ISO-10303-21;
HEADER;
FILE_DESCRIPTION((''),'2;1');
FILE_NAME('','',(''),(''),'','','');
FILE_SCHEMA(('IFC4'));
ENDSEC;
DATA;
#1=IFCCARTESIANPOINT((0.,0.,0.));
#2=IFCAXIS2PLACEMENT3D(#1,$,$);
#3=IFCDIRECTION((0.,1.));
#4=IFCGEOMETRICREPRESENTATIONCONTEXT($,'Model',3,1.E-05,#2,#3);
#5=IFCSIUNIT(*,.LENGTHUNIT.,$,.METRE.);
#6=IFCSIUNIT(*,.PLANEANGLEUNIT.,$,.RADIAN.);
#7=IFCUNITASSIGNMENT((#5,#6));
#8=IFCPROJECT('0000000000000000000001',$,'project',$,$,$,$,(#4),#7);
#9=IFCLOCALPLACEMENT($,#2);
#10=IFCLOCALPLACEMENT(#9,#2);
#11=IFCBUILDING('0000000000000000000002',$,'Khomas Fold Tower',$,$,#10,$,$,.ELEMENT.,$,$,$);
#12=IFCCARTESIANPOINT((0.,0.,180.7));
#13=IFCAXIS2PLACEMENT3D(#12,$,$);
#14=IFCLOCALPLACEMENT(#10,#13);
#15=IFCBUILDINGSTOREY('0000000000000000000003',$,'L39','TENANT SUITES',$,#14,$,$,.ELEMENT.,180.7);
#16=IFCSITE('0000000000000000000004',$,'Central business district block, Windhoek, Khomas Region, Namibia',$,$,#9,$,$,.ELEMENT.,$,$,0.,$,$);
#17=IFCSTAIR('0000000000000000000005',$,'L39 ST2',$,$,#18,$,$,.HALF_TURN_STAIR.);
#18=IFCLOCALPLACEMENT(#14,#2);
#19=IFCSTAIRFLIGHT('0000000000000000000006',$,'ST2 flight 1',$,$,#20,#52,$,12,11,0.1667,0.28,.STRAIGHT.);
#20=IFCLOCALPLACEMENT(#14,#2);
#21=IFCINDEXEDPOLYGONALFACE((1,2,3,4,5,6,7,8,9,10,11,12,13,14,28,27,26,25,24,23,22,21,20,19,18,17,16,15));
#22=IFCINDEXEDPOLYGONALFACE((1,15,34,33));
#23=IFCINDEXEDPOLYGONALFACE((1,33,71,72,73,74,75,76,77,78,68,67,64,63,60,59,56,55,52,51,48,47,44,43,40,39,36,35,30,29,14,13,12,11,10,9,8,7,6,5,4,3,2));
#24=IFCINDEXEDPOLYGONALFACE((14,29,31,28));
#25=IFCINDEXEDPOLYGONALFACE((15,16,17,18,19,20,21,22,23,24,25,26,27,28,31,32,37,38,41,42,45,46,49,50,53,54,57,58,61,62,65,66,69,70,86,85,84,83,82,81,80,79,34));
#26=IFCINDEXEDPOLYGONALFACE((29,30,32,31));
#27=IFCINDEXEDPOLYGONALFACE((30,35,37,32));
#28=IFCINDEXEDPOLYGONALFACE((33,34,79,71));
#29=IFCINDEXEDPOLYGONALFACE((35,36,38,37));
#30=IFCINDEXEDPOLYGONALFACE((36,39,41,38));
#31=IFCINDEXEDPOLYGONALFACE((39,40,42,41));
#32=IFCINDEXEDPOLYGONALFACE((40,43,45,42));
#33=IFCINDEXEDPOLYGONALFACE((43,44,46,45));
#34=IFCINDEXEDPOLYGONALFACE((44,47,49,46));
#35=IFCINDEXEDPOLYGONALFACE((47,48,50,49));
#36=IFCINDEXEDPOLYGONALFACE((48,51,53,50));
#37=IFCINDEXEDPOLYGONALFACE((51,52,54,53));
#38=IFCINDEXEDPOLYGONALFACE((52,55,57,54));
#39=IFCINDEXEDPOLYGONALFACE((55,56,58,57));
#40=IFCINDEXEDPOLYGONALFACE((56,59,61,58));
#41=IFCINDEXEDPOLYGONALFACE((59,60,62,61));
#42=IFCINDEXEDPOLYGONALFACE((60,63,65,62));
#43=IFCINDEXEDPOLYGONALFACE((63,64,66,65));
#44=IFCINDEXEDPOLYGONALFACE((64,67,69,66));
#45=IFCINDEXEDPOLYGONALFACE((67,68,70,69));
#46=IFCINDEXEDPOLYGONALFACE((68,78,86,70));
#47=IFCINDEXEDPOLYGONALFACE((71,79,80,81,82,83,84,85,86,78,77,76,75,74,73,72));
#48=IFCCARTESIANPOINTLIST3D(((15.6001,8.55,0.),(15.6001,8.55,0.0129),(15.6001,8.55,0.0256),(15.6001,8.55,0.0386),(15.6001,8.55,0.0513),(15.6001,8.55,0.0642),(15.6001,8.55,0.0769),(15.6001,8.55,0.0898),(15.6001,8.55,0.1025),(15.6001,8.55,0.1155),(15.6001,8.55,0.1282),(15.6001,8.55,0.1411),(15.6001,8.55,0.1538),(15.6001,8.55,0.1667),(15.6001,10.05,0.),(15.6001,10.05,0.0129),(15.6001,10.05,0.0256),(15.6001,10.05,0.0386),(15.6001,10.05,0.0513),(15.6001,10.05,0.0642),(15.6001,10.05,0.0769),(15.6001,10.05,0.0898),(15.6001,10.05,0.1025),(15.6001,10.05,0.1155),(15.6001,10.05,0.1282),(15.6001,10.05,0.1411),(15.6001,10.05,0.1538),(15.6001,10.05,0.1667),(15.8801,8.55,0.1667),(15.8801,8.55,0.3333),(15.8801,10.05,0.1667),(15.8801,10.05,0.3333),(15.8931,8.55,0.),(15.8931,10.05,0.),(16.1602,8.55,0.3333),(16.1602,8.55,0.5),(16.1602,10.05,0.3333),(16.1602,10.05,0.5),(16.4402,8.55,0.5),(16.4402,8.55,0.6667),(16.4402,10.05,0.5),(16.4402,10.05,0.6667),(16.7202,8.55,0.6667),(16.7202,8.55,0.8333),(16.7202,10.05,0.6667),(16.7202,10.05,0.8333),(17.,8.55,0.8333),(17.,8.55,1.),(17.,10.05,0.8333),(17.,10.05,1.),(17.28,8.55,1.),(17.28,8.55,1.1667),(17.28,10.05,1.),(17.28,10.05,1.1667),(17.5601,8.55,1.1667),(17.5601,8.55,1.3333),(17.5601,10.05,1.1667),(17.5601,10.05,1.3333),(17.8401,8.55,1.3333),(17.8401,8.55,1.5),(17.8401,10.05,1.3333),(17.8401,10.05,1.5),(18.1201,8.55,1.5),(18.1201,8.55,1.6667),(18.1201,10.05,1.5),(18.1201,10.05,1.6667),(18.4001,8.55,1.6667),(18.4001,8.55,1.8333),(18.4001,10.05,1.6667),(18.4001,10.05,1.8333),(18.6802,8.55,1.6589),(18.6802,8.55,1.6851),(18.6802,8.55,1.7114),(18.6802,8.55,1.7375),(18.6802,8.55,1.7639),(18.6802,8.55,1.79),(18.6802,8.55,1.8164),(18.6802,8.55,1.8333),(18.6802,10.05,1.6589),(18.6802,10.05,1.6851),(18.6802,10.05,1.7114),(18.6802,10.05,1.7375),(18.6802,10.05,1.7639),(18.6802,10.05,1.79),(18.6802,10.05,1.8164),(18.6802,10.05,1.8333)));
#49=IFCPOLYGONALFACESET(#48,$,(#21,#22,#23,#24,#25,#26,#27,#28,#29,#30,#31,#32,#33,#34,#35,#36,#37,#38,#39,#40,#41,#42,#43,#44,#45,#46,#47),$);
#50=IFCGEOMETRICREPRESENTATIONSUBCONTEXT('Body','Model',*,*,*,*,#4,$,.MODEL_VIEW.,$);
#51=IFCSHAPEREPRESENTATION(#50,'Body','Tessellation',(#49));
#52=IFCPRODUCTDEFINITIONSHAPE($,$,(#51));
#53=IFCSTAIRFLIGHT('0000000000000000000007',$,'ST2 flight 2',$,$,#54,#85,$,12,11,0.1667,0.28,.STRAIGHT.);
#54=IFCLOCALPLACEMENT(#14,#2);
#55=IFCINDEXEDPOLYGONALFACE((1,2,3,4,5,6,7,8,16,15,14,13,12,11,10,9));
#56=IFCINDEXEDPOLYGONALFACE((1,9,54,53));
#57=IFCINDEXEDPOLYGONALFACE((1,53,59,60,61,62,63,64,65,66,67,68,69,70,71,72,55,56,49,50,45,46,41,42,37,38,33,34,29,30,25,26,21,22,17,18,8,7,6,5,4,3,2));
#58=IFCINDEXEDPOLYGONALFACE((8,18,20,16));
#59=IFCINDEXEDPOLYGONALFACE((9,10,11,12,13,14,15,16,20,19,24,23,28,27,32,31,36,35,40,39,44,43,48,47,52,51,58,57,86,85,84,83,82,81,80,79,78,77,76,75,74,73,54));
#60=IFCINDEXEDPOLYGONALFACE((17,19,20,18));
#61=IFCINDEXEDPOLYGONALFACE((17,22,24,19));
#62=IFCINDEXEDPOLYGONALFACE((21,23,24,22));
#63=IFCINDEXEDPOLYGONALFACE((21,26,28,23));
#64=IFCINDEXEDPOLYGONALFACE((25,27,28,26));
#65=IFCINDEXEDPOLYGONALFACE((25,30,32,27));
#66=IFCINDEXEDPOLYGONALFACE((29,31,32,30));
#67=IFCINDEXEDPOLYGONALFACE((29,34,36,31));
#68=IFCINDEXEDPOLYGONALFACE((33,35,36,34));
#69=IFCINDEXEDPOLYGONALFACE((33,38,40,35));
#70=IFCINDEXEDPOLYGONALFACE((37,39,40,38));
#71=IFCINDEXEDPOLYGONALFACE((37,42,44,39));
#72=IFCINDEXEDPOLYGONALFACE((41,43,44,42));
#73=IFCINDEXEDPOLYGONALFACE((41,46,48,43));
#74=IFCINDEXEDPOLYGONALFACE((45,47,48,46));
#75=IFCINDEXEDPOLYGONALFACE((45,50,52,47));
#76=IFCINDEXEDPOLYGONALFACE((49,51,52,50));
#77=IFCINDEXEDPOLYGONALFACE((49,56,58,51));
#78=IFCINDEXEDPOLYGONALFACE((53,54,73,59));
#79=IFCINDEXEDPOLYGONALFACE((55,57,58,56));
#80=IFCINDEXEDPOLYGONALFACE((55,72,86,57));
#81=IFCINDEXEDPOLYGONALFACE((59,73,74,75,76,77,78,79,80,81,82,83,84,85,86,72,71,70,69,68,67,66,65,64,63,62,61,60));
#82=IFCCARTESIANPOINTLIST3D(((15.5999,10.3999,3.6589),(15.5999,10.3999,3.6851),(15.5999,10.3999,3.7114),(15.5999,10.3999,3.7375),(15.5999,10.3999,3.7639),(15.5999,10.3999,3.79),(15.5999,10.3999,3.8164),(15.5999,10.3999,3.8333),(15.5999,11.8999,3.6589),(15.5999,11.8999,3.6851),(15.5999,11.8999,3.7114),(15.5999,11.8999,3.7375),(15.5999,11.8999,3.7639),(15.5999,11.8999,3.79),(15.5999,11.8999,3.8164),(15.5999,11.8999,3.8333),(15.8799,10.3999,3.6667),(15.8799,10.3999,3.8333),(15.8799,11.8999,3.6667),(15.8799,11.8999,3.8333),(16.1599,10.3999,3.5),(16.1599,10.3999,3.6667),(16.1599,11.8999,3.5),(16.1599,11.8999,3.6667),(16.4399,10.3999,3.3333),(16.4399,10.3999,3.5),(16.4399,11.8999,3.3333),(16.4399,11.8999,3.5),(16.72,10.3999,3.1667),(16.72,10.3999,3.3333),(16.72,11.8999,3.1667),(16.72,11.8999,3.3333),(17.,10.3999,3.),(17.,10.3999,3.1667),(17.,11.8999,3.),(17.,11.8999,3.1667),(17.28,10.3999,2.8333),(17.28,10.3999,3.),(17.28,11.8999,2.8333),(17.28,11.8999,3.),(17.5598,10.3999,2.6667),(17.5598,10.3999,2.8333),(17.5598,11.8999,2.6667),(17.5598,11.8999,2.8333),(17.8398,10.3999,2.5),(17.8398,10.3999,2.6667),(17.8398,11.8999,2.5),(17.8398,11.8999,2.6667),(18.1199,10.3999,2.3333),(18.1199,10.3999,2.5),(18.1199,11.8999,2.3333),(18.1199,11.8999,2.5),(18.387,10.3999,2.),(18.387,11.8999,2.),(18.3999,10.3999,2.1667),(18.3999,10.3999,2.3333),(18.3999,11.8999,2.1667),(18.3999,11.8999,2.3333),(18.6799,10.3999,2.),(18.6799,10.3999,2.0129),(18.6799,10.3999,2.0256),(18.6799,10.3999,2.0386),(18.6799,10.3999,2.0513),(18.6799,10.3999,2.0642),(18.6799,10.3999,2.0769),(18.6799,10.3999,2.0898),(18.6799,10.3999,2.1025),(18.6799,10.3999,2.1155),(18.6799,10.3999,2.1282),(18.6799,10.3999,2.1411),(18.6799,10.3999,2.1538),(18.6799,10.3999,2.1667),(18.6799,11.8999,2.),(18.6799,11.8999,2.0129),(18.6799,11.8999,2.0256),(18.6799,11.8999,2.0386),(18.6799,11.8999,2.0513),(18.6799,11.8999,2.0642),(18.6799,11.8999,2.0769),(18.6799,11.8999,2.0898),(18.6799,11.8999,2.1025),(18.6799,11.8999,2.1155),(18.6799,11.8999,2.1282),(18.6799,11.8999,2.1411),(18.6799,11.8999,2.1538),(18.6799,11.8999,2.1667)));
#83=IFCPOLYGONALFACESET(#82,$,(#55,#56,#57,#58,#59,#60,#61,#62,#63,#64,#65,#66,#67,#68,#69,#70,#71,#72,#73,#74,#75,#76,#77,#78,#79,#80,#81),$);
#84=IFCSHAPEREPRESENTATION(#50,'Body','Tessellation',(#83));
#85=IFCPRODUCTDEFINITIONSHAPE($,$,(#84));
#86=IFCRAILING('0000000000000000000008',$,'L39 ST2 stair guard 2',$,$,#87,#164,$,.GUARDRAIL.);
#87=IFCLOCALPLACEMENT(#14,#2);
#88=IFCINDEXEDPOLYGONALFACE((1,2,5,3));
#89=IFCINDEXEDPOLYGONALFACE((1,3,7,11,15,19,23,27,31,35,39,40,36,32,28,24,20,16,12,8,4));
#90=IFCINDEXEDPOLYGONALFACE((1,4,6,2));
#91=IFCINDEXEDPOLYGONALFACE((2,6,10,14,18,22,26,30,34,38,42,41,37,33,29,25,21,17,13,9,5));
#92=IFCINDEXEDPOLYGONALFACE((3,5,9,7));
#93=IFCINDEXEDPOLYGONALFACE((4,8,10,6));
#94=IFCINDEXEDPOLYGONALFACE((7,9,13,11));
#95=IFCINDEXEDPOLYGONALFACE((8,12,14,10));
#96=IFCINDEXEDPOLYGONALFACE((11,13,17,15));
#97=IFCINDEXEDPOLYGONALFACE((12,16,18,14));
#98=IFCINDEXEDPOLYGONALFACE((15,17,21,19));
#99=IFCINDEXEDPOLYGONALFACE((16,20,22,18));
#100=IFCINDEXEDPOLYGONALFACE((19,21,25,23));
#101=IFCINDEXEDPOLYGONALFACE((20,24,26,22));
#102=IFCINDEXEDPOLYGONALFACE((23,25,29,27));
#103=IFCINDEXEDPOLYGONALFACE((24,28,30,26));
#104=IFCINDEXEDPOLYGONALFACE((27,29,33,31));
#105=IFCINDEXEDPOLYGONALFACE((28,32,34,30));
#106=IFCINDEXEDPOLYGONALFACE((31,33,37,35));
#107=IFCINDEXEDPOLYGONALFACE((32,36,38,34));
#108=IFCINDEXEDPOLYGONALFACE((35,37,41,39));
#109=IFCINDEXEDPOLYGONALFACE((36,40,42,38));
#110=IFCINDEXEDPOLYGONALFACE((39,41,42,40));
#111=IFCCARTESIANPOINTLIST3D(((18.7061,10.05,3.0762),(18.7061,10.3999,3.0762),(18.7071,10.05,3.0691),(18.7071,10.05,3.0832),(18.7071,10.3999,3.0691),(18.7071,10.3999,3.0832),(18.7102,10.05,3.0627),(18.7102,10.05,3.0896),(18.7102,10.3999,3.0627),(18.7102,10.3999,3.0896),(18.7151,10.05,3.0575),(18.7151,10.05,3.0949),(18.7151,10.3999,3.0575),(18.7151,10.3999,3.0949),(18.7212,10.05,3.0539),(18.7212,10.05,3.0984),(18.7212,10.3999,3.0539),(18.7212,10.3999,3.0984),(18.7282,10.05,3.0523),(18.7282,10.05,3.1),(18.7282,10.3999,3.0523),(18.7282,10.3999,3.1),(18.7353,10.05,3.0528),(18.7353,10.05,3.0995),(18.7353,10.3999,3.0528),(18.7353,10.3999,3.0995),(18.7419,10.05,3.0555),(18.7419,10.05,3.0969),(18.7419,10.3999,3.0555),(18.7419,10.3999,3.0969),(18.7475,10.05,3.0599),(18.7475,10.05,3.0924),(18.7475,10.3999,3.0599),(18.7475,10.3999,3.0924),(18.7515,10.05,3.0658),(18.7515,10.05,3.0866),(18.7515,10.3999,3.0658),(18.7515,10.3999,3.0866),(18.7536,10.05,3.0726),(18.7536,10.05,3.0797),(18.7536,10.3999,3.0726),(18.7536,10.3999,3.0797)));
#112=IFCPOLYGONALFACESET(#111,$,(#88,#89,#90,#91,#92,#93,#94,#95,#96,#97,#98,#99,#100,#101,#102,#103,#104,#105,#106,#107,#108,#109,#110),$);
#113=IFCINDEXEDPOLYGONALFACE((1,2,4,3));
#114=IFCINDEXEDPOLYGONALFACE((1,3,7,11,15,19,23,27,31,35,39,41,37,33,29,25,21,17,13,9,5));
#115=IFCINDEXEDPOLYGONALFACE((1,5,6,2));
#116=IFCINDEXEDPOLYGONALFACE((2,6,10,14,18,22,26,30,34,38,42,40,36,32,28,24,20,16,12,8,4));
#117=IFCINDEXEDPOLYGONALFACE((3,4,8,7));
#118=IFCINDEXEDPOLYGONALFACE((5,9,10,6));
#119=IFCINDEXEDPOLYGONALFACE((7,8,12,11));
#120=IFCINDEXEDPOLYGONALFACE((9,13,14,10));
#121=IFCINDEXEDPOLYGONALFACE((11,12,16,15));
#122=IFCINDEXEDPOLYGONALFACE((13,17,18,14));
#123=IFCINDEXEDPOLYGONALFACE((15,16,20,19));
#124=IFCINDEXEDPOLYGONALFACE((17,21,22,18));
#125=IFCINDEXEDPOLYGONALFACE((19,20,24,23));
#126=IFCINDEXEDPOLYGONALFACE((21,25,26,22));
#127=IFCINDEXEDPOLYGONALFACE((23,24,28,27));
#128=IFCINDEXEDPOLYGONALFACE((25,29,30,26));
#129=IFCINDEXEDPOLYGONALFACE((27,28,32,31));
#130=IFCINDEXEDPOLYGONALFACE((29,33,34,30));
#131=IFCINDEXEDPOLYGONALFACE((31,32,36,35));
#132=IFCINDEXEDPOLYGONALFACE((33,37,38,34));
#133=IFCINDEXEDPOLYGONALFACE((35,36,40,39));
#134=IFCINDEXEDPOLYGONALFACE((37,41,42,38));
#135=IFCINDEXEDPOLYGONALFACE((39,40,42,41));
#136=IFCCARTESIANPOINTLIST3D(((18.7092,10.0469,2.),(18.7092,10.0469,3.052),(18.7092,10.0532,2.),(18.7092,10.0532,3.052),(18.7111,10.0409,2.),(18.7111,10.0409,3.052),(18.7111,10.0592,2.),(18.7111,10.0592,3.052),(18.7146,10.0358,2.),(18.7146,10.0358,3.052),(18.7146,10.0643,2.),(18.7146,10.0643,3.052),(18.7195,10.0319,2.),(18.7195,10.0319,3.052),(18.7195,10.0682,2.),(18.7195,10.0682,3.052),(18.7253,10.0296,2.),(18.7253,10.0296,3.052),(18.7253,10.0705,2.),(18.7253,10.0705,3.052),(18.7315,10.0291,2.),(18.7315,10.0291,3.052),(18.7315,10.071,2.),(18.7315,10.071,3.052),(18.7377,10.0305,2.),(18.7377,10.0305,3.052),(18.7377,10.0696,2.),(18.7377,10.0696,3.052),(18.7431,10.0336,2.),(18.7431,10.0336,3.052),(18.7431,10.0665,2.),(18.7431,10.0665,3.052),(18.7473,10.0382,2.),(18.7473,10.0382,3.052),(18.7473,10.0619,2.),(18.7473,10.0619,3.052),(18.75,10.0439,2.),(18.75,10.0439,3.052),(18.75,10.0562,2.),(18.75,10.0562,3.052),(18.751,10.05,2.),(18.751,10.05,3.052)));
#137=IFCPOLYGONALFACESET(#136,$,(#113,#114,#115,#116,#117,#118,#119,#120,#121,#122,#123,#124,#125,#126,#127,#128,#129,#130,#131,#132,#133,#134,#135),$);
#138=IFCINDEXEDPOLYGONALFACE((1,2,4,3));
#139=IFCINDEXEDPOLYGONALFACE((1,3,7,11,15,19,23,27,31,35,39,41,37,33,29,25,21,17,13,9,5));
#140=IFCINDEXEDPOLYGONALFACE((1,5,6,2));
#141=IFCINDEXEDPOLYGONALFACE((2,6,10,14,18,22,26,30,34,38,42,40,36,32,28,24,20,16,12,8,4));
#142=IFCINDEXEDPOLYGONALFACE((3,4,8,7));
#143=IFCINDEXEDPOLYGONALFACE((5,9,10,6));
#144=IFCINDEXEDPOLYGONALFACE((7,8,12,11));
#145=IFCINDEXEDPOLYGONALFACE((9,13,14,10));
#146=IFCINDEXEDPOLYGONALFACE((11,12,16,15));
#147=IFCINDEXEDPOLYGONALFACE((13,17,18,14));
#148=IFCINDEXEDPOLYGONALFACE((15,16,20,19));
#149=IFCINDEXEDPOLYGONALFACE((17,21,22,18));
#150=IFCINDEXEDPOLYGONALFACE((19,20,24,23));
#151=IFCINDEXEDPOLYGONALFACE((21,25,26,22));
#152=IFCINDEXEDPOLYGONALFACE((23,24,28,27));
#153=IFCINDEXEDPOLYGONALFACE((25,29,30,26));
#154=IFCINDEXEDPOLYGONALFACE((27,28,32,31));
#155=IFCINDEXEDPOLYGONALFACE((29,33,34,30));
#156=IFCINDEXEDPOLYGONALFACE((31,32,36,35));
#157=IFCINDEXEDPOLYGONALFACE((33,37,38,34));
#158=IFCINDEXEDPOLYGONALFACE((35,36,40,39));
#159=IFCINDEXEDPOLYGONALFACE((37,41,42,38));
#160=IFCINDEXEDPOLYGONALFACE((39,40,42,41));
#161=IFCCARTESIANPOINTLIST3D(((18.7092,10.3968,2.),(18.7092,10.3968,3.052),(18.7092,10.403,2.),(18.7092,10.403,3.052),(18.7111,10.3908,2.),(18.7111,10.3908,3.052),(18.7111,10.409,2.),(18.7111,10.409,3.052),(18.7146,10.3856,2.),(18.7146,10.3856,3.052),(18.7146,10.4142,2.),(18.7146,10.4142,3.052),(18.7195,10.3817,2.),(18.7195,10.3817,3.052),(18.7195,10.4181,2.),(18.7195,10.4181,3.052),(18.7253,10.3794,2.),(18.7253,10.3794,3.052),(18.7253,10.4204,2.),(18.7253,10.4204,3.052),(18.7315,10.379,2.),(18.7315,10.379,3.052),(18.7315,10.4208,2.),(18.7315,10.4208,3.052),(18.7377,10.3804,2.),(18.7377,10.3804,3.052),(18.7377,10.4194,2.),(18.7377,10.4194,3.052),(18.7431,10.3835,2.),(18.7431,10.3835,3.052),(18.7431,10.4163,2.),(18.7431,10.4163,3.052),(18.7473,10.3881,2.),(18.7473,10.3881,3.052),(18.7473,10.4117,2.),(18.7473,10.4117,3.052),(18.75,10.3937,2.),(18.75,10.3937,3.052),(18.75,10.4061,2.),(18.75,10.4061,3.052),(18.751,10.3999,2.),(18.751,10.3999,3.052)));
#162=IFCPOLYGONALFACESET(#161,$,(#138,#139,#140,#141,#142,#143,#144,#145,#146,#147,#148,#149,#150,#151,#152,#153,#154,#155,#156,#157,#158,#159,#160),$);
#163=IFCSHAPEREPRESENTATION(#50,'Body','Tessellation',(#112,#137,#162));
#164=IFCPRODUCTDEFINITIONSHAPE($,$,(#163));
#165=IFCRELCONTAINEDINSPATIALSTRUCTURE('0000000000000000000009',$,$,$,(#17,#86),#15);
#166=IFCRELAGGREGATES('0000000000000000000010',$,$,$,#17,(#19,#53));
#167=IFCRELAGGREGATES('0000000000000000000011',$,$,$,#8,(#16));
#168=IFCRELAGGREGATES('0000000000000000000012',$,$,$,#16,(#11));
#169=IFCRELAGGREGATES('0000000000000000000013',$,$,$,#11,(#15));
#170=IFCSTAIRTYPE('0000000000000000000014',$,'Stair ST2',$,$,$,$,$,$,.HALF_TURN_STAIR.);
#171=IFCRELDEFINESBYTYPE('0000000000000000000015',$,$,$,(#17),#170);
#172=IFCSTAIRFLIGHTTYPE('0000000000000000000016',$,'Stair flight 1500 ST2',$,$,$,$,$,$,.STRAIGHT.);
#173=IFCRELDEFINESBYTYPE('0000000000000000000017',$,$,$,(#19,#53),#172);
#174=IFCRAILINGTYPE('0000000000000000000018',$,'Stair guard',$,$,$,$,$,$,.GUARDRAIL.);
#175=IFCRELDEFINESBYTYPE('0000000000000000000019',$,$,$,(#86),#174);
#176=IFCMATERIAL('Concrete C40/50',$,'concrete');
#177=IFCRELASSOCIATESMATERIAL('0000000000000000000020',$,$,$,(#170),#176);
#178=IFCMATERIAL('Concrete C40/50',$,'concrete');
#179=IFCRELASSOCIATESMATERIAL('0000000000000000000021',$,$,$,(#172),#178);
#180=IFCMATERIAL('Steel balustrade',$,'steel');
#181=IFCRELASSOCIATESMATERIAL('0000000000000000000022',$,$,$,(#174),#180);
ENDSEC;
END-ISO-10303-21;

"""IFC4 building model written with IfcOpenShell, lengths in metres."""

from ifc_helpers import new_model, si_unit, direction, frame, origin, origin_2d, place, context, subcontext, project, spatial, polyline, circle, outline, extrude, source, transform, mapped, material, type_object, element, aggregate, save


model = new_model("IFC4")

# Units and contexts
model_context = context("Model", 3, precision=1e-05, world=origin(), true_north=direction((0.0, 1.0)))
body_context = subcontext(model_context, "Body", "Model", "MODEL_VIEW")
ifc_project = project(units=[si_unit("LENGTHUNIT", "METRE"), si_unit("PLANEANGLEUNIT", "RADIAN")], contexts=[model_context])

# Site, building, storey
site_placement = place(None, origin())
site = spatial("IfcSite", under=ifc_project, at=site_placement, Name="Central business district block, Windhoek, Khomas Region, Namibia", CompositionType="ELEMENT", RefElevation=0.0)
building_placement = place(site_placement, origin())
building = spatial("IfcBuilding", under=site, at=building_placement, Name="Khomas Fold Tower", CompositionType="ELEMENT")
storey_placement = place(building_placement, frame((0.0, 0.0, 180.7)))
storey = spatial("IfcBuildingStorey", under=building, at=storey_placement, Name="L39", Description="TENANT SUITES", CompositionType="ELEMENT", Elevation=180.7)

# Stair, stair flights
ifc_material_1 = material(Name="Concrete C40/50", Category="concrete")
stair_type = type_object("IfcStairType", Name="Stair ST2", PredefinedType="HALF_TURN_STAIR", material=ifc_material_1)
stair_placement = place(storey_placement, origin())
stair = element("IfcStair", 1, at=stair_placement, inside=storey, type_object=stair_type, Name="L39 ST2", PredefinedType="HALF_TURN_STAIR")
ifc_material_2 = material(Name="Concrete C40/50", Category="concrete")
stair_flight_type = type_object("IfcStairFlightType", Name="Stair flight 1500 ST2", PredefinedType="STRAIGHT", material=ifc_material_2)
shared_shape_1 = source(origin(), body_context, "Body", "SweptSolid", [
    extrude(outline(polyline([(0.0, 0.0), (0.0, 0.0129), (0.0, 0.0256), (0.0, 0.0386), (0.0, 0.0513), (0.0, 0.0642), (0.0, 0.0769), (0.0, 0.0898), (0.0, 0.1025), (0.0, 0.1155), (0.0, 0.1282), (0.0, 0.1411), (0.0, 0.1538), (0.0, 0.1667), (0.28, 0.1667), (0.28, 0.3333), (0.5601, 0.3333), (0.5601, 0.5), (0.8401, 0.5), (0.8401, 0.6667), (1.1201, 0.6667), (1.1201, 0.8333), (1.3999, 0.8333), (1.3999, 1.0), (1.6799, 1.0), (1.6799, 1.1667), (1.96, 1.1667), (1.96, 1.3333), (2.24, 1.3333), (2.24, 1.5), (2.52, 1.5), (2.52, 1.6667), (2.8, 1.6667), (2.8, 1.8333), (3.0801, 1.8333), (3.0801, 2.0), (3.0801, 1.9739), (3.0801, 1.9475), (3.0801, 1.9214), (3.0801, 1.895), (3.0801, 1.8689), (3.0801, 1.8425), (3.0801, 1.8164), (3.0801, 1.79), (3.0801, 1.7639), (3.0801, 1.7375), (3.0801, 1.7114), (3.0801, 1.6851), (3.0801, 1.6589), (0.293, 0.0), (0.0, 0.0)])), frame((0.0, 0.75, 0.0), z_axis=(0.0, -1.0, 0.0), x_axis=(1.0, 0.0, 0.0)), (0.0, 0.0, 1.0), 1.5),
])
stair_flight_1_placement = place(storey_placement, frame((15.6001, 9.3, 0.0), z_axis=(0.0, 0.0, 1.0), x_axis=(1.0, 0.0, 0.0)))
stair_flight_1 = element("IfcStairFlight", 2, at=stair_flight_1_placement, type_object=stair_flight_type, Name="ST2 flight 1", NumberOfRisers=12, NumberOfTreads=11, PredefinedType="STRAIGHT", RiserHeight=0.1667, TreadLength=0.28, context=body_context, shape_type="MappedRepresentation", body=[
    mapped(shared_shape_1, transform((0.0, 0.0, 0.0))),
])
stair_flight_2_placement = place(storey_placement, frame((18.6799, 11.1499, 2.0), z_axis=(0.0, 0.0, 1.0), x_axis=(-1.0, 0.0, 0.0)))
stair_flight_2 = element("IfcStairFlight", 3, at=stair_flight_2_placement, type_object=stair_flight_type, Name="ST2 flight 2", NumberOfRisers=12, NumberOfTreads=11, PredefinedType="STRAIGHT", RiserHeight=0.1667, TreadLength=0.28, context=body_context, shape_type="MappedRepresentation", body=[
    mapped(shared_shape_1, transform((0.0, 0.0, 0.0))),
])
aggregate(stair, [stair_flight_1, stair_flight_2])

# Railing
ifc_material_3 = material(Name="Steel balustrade", Category="steel")
railing_type_1 = type_object("IfcRailingType", Name="Stair guard", PredefinedType="GUARDRAIL", material=ifc_material_3)
shared_shape_2 = source(origin(), body_context, "Body", "SweptSolid", [
    extrude(circle(Radius=0.0239, at=origin_2d()), frame((0.0, 0.0, 1.0762), z_axis=(0.0, 1.0, 0.0), x_axis=(-1.0, 0.0, 0.0)), (0.0, 0.0, 1.0), 0.3499),
    extrude(circle(Radius=0.021, at=origin_2d()), origin(), (0.0, 0.0, 1.0), 1.052),
    extrude(circle(Radius=0.021, at=origin_2d()), frame((0.0, 0.3499, 0.0)), (0.0, 0.0, 1.0), 1.052),
])
for number, where, name in (
    (4, (18.73, 10.05, 2.0), "L39 ST2 stair guard 2"),
):
    element("IfcRailing", number, at=place(storey_placement, frame(where)), inside=storey, type_object=railing_type_1, Name=name, PredefinedType="GUARDRAIL", context=body_context, shape_type="MappedRepresentation", body=[
        mapped(shared_shape_2, transform((0.0, 0.0, 0.0))),
    ])

save(model, "model.ifc")
